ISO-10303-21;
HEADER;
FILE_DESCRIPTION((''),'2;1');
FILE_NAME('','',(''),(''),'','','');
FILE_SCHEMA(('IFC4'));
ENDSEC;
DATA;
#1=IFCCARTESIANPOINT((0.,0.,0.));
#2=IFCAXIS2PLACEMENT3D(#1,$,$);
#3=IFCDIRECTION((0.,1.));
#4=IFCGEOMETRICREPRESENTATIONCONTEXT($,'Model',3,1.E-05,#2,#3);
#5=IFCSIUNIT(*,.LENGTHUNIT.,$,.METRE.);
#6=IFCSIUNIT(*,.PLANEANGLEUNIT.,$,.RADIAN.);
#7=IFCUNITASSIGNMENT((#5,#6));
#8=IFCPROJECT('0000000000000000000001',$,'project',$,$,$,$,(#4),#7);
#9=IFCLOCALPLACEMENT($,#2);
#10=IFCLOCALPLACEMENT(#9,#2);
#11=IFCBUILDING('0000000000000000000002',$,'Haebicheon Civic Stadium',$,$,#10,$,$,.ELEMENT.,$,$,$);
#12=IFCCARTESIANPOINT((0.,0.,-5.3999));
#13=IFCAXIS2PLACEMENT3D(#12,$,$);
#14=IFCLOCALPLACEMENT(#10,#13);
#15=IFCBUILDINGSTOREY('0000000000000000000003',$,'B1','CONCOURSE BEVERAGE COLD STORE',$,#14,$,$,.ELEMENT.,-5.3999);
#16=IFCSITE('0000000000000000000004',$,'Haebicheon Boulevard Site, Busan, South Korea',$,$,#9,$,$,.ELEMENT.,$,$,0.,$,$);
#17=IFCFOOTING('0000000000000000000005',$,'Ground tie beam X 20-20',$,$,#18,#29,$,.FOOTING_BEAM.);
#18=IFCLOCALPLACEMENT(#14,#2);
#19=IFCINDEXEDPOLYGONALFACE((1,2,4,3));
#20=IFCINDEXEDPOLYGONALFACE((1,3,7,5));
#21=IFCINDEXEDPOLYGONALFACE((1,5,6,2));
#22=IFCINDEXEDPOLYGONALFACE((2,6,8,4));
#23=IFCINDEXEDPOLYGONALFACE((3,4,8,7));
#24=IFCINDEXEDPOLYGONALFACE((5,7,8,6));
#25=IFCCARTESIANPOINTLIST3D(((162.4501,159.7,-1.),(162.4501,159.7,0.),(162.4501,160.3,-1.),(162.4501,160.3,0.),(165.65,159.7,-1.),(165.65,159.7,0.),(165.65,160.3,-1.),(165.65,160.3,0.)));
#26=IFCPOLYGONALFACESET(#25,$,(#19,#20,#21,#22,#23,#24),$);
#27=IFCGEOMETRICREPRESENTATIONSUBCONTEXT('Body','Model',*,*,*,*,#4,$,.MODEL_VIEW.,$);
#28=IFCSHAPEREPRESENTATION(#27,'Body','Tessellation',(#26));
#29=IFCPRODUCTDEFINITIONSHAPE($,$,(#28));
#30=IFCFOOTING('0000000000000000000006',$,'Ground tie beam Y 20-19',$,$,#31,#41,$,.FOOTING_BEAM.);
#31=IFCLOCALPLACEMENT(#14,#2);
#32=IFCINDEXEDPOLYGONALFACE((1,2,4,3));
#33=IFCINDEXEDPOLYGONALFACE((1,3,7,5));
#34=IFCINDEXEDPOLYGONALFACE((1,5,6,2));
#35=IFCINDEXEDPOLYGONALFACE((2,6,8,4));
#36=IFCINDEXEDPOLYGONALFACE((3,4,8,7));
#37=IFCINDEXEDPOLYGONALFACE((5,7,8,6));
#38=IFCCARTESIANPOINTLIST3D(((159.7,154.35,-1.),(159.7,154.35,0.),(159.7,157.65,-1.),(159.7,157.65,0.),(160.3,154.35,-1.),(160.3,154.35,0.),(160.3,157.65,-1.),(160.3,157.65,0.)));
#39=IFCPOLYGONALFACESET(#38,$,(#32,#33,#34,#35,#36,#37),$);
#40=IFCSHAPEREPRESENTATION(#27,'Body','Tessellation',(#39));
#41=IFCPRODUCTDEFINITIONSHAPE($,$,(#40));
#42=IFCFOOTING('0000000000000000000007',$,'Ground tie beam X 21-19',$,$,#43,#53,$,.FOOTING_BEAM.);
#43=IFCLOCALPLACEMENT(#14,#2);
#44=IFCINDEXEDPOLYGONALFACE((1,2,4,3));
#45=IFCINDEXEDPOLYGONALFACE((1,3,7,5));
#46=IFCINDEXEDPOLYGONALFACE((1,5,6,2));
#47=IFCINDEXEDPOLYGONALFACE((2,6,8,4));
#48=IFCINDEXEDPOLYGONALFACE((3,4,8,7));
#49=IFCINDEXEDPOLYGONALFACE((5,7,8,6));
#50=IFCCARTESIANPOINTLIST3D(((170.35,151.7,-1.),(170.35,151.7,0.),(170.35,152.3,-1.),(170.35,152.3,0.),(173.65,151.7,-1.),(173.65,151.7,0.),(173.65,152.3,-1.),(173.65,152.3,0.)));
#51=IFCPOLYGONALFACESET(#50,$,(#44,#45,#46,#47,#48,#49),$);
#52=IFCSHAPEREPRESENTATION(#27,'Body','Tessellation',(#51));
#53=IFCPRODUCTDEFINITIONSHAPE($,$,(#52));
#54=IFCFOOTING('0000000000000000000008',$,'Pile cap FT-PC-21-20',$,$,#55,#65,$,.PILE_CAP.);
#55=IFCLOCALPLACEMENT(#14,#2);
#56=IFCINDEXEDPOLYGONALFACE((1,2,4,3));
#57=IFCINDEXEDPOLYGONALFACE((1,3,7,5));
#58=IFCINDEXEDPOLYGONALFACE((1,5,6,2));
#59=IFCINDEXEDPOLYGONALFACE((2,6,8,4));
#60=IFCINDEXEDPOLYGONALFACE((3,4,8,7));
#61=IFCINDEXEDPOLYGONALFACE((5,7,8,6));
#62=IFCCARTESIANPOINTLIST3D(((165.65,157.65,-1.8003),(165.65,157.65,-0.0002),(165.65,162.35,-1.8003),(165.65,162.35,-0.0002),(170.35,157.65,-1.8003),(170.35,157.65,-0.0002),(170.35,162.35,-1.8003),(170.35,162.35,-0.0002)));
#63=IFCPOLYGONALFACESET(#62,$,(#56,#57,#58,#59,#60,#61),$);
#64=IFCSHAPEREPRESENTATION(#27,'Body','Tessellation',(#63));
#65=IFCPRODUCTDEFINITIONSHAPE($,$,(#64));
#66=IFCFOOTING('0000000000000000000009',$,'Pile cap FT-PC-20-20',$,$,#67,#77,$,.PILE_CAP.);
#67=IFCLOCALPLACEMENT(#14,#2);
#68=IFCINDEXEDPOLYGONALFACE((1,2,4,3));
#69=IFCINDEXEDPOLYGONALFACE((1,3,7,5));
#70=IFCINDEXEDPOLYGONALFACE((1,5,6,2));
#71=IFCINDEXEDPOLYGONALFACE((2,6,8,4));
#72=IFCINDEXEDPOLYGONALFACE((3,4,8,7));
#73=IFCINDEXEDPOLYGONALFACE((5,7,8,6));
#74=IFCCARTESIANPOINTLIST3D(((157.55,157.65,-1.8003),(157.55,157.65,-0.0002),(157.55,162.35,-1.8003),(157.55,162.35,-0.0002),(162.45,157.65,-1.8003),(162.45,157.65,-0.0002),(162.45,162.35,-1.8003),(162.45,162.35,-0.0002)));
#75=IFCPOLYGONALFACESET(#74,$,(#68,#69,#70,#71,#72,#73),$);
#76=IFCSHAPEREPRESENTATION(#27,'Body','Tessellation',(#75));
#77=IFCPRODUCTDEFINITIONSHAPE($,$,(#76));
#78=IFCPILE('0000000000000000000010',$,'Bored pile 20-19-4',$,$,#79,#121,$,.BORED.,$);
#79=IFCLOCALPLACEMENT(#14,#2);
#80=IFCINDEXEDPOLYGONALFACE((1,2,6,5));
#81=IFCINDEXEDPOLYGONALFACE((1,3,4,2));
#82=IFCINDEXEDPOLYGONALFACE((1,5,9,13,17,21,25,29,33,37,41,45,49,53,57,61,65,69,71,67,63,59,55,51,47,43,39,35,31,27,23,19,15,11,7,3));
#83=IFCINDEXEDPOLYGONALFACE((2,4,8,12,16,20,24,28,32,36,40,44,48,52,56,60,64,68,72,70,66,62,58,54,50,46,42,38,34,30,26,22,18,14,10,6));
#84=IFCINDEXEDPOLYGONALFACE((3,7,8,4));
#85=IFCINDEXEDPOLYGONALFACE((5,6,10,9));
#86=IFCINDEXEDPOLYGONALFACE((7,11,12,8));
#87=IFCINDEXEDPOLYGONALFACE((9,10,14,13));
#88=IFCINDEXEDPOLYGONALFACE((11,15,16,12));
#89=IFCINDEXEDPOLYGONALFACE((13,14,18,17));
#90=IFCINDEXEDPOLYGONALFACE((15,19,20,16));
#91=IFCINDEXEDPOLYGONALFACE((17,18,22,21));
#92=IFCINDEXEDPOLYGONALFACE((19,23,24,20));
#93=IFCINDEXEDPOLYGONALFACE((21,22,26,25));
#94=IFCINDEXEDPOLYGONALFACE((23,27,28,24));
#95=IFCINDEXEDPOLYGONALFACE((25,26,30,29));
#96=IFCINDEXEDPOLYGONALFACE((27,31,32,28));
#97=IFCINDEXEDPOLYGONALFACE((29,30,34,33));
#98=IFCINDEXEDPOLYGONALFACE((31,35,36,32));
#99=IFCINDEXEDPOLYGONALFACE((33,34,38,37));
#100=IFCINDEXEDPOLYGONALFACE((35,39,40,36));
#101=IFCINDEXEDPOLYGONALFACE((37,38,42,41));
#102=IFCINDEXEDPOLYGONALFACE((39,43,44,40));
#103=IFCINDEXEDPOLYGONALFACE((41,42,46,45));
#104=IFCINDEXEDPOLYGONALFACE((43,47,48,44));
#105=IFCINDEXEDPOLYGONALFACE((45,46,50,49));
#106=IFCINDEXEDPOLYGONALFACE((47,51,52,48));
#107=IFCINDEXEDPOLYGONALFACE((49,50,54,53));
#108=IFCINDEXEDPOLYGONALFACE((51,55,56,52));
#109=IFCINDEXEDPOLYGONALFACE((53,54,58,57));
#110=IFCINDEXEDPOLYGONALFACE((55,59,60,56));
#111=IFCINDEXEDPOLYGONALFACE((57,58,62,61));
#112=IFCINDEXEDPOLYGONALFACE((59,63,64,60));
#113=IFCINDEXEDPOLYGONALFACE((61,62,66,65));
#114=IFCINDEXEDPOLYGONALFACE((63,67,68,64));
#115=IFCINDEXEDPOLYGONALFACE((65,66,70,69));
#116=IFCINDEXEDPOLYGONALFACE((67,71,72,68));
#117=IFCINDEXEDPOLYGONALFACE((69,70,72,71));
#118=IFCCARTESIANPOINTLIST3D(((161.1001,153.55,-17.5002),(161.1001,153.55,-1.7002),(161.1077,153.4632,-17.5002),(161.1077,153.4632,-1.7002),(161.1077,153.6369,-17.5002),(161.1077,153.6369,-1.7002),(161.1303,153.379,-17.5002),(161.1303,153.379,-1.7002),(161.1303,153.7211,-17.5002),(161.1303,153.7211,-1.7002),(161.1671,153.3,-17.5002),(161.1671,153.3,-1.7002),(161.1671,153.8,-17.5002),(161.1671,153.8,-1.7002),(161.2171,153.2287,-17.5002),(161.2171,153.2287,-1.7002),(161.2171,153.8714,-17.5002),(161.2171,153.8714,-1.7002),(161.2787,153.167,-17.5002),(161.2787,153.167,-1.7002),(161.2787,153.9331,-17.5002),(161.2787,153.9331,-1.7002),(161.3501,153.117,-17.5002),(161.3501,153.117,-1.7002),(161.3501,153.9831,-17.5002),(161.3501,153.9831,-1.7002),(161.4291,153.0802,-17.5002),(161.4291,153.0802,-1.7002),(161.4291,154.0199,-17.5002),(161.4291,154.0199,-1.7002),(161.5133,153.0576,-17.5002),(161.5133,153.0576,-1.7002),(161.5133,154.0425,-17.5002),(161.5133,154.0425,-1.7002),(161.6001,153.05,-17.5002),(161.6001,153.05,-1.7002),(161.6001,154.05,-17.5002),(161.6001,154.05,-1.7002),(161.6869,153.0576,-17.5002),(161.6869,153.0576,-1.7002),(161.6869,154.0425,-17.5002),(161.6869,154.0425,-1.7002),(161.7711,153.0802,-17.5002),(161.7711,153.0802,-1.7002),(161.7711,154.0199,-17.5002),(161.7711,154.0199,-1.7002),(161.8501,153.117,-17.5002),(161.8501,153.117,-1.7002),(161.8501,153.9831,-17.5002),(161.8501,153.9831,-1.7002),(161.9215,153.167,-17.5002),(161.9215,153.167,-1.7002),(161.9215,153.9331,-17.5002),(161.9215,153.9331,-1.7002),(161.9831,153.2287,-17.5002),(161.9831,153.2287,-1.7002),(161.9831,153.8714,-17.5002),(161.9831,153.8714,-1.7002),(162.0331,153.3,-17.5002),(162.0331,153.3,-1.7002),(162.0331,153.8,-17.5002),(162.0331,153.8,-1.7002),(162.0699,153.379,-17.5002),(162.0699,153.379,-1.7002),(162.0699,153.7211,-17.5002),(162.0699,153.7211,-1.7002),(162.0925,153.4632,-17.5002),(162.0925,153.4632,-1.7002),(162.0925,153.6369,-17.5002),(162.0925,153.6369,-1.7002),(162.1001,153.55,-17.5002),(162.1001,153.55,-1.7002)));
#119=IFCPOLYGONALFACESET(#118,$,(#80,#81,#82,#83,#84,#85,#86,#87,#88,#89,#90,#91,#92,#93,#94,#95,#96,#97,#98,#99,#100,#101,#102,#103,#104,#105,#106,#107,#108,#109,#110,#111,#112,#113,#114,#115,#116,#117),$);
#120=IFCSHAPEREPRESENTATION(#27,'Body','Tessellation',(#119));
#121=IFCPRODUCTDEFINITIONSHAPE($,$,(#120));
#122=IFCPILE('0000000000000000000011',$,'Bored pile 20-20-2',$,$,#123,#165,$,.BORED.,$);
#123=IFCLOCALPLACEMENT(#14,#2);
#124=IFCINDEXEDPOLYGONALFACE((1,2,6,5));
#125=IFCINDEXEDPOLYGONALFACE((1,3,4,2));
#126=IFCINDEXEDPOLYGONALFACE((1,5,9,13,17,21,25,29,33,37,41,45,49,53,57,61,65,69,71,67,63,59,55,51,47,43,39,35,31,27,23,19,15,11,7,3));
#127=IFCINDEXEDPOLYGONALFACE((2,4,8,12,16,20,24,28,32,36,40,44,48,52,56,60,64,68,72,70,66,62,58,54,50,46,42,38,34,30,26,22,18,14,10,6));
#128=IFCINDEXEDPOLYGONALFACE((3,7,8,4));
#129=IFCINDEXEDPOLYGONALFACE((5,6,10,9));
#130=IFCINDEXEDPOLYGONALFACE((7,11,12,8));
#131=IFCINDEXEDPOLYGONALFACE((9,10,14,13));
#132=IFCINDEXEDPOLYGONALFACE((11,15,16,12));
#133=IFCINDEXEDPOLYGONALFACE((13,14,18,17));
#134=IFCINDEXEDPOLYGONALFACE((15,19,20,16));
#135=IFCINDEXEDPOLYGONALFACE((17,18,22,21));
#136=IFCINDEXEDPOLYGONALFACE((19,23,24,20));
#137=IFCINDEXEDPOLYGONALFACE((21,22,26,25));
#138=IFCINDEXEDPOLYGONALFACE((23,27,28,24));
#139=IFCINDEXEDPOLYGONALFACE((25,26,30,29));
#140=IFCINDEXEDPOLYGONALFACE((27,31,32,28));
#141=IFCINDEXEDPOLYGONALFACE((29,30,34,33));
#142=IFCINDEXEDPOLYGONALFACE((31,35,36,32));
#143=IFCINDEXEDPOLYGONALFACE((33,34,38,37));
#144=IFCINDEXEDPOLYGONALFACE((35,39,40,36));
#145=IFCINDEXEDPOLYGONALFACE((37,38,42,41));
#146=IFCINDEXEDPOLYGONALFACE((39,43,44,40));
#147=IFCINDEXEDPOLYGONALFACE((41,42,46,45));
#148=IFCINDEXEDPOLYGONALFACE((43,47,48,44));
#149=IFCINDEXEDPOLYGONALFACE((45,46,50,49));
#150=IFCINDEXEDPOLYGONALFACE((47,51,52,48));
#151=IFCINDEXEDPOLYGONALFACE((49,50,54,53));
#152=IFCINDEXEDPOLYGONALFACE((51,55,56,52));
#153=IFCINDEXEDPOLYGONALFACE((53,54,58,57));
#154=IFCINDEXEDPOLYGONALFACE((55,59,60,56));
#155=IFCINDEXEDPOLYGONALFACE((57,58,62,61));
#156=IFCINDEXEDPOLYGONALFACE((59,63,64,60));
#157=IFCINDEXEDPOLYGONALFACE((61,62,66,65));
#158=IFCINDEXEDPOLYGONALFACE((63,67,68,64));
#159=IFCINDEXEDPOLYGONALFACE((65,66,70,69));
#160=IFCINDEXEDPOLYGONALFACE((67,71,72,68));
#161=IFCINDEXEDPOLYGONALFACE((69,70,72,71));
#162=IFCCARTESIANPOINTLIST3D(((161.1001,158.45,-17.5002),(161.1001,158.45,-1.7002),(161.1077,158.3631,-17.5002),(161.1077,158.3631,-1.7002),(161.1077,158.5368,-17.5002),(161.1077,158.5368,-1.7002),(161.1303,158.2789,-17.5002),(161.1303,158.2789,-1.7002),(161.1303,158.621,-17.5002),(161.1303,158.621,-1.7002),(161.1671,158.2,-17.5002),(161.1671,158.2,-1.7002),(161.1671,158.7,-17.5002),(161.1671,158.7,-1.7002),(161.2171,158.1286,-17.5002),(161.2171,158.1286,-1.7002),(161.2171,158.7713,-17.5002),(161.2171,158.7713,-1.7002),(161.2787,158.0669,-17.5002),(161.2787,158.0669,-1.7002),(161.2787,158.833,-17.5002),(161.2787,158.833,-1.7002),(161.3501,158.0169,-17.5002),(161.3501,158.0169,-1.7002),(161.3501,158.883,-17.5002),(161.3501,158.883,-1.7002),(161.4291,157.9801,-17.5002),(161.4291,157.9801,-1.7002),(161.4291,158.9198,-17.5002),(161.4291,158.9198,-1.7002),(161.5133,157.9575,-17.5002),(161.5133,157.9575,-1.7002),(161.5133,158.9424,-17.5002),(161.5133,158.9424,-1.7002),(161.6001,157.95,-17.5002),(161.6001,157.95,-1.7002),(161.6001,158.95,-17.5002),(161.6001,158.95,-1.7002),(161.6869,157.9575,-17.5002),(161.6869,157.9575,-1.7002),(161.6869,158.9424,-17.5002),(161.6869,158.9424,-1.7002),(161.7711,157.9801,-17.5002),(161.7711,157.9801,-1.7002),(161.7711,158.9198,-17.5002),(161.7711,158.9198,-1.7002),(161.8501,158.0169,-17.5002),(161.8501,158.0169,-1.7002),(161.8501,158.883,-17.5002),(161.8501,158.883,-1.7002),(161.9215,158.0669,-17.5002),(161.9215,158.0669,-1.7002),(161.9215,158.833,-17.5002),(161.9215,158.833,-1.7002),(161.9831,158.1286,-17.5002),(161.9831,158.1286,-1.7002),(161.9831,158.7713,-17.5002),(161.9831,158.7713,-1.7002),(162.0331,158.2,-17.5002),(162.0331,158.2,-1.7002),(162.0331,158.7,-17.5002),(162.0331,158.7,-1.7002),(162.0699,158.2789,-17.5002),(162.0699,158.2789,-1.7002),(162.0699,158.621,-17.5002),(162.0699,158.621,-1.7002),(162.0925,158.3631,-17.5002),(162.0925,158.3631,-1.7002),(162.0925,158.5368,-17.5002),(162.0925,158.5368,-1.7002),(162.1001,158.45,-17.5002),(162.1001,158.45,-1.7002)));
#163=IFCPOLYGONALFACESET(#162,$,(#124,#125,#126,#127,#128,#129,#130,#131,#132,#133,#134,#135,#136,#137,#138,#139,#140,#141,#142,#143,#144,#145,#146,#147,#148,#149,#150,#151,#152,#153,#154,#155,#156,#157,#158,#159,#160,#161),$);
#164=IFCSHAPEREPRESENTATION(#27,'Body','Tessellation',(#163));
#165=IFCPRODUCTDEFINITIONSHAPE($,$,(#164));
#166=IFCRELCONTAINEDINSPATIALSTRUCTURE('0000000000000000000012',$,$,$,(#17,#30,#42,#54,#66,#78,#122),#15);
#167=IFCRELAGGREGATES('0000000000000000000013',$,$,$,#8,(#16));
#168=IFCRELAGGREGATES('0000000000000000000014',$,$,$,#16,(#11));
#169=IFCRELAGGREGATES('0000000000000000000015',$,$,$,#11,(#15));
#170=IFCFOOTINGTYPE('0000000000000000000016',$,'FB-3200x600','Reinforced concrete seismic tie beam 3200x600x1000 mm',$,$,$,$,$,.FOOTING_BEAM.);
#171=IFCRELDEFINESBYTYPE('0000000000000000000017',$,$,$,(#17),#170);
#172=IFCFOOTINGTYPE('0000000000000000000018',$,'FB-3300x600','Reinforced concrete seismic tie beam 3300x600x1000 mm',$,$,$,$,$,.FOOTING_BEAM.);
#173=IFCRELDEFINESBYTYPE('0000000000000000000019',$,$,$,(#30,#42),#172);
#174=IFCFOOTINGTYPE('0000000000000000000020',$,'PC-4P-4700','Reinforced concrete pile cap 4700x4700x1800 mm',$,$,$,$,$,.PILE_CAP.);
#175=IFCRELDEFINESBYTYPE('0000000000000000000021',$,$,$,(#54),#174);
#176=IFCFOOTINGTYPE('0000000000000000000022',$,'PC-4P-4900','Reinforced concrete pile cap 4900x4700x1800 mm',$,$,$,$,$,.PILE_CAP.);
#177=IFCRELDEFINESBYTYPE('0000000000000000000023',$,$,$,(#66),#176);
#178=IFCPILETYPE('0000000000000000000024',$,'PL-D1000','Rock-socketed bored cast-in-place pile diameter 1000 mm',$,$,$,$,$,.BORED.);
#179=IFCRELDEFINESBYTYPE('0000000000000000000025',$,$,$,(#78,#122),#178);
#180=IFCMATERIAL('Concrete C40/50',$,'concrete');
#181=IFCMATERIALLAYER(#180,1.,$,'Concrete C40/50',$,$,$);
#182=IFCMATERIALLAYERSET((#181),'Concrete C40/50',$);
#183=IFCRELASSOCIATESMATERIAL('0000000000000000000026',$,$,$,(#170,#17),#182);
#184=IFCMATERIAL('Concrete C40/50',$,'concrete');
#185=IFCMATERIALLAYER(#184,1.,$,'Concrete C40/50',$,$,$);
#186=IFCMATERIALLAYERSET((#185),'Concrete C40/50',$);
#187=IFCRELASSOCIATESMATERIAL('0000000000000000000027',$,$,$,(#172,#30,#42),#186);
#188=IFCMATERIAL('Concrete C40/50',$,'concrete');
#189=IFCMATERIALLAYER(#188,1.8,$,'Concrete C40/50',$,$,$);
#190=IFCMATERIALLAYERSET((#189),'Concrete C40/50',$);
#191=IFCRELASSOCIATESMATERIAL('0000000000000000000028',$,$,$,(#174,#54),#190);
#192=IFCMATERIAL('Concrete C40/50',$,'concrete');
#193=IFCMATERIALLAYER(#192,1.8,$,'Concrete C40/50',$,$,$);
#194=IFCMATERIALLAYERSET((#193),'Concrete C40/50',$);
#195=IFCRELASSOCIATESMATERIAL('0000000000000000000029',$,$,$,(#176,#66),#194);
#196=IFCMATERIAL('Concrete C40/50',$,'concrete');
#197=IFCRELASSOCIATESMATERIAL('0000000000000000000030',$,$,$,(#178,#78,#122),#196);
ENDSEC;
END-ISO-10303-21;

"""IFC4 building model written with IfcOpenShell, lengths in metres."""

from ifc_helpers import new_model, si_unit, direction, frame, origin, origin_2d, place, context, subcontext, project, spatial, rectangle, circle, extrude, material, layer, layer_set, material_profile, profile_set, type_object, element, save


model = new_model("IFC4")

# Units and contexts
model_context = context("Model", 3, precision=1e-05, world=origin(), true_north=direction((0.0, 1.0)))
body_context = subcontext(model_context, "Body", "Model", "MODEL_VIEW")
ifc_project = project(units=[si_unit("LENGTHUNIT", "METRE"), si_unit("PLANEANGLEUNIT", "RADIAN")], contexts=[model_context])

# Site, building, storey
site_placement = place(None, origin())
site = spatial("IfcSite", under=ifc_project, at=site_placement, Name="Haebicheon Boulevard Site, Busan, South Korea", CompositionType="ELEMENT", RefElevation=0.0)
building_placement = place(site_placement, origin())
building = spatial("IfcBuilding", under=site, at=building_placement, Name="Haebicheon Civic Stadium", CompositionType="ELEMENT")
storey_placement = place(building_placement, frame((0.0, 0.0, -5.3999)))
storey = spatial("IfcBuildingStorey", under=building, at=storey_placement, Name="B1", Description="CONCOURSE BEVERAGE COLD STORE", CompositionType="ELEMENT", Elevation=-5.3999)

# Footings
ifc_material_1 = material(Name="Concrete C40/50", Category="concrete")
ifc_layer_1 = layer(ifc_material_1, 1.0, Name="Concrete C40/50")
ifc_layer_set_1 = layer_set([ifc_layer_1], Name="Concrete C40/50")
footing_type_1 = type_object("IfcFootingType", Name="FB-3200x600", Description="Reinforced concrete seismic tie beam 3200x600x1000 mm", PredefinedType="FOOTING_BEAM", material=ifc_layer_set_1)
footing_1_placement = place(storey_placement, frame((164.05, 160.0, -1.0), z_axis=(0.0, 0.0, 1.0), x_axis=(1.0, 0.0, 0.0)))
element("IfcFooting", 1, at=footing_1_placement, inside=storey, type_object=footing_type_1, material=ifc_layer_set_1, Name="Ground tie beam X 20-20", PredefinedType="FOOTING_BEAM", context=body_context, shape_type="SweptSolid", body=[
    extrude(rectangle(XDim=3.2, YDim=0.6001, at=origin_2d()), origin(), (0.0, 0.0, 1.0), 1.0),
])
ifc_material_2 = material(Name="Concrete C40/50", Category="concrete")
ifc_layer_2 = layer(ifc_material_2, 1.0, Name="Concrete C40/50")
ifc_layer_set_2 = layer_set([ifc_layer_2], Name="Concrete C40/50")
footing_type_2 = type_object("IfcFootingType", Name="FB-3300x600", Description="Reinforced concrete seismic tie beam 3300x600x1000 mm", PredefinedType="FOOTING_BEAM", material=ifc_layer_set_2)
for number, where, z_axis, x_axis, name in (
    (2, (160.0, 156.0, -1.0), (0.0, 0.0, 1.0), (0.0, 1.0, 0.0), "Ground tie beam Y 20-19"),
    (3, (172.0, 152.0, -1.0), (0.0, 0.0, 1.0), (1.0, 0.0, 0.0), "Ground tie beam X 21-19"),
):
    element("IfcFooting", number, at=place(storey_placement, frame(where, z_axis=z_axis, x_axis=x_axis)), inside=storey, type_object=footing_type_2, material=ifc_layer_set_2, Name=name, PredefinedType="FOOTING_BEAM", context=body_context, shape_type="SweptSolid", body=[
        extrude(rectangle(XDim=3.3, YDim=0.6001, at=origin_2d()), origin(), (0.0, 0.0, 1.0), 1.0),
    ])
ifc_material_3 = material(Name="Concrete C40/50", Category="concrete")
ifc_layer_3 = layer(ifc_material_3, 1.8, Name="Concrete C40/50")
ifc_layer_set_3 = layer_set([ifc_layer_3], Name="Concrete C40/50")
footing_type_3 = type_object("IfcFootingType", Name="PC-4P-4700", Description="Reinforced concrete pile cap 4700x4700x1800 mm", PredefinedType="PILE_CAP", material=ifc_layer_set_3)
footing_2_placement = place(storey_placement, frame((168.0, 160.0, -1.8003), z_axis=(0.0, 0.0, 1.0), x_axis=(1.0, 0.0, 0.0)))
element("IfcFooting", 4, at=footing_2_placement, inside=storey, type_object=footing_type_3, material=ifc_layer_set_3, Name="Pile cap FT-PC-21-20", PredefinedType="PILE_CAP", context=body_context, shape_type="SweptSolid", body=[
    extrude(rectangle(XDim=4.7, YDim=4.7, at=origin_2d()), origin(), (0.0, 0.0, 1.0), 1.8),
])
ifc_material_4 = material(Name="Concrete C40/50", Category="concrete")
ifc_layer_4 = layer(ifc_material_4, 1.8, Name="Concrete C40/50")
ifc_layer_set_4 = layer_set([ifc_layer_4], Name="Concrete C40/50")
footing_type_4 = type_object("IfcFootingType", Name="PC-4P-4900", Description="Reinforced concrete pile cap 4900x4700x1800 mm", PredefinedType="PILE_CAP", material=ifc_layer_set_4)
footing_3_placement = place(storey_placement, frame((160.0, 160.0, -1.8003), z_axis=(0.0, 0.0, 1.0), x_axis=(1.0, 0.0, 0.0)))
element("IfcFooting", 5, at=footing_3_placement, inside=storey, type_object=footing_type_4, material=ifc_layer_set_4, Name="Pile cap FT-PC-20-20", PredefinedType="PILE_CAP", context=body_context, shape_type="SweptSolid", body=[
    extrude(rectangle(XDim=4.8999, YDim=4.7, at=origin_2d()), origin(), (0.0, 0.0, 1.0), 1.8),
])

# Piles
ifc_material_5 = material(Name="Concrete C40/50", Category="concrete")
ifc_material_profile_1 = material_profile(ifc_material_5, circle(Radius=0.5, at=origin_2d()), Name="PILE-D1000")
ifc_profile_set_1 = profile_set([ifc_material_profile_1], Name="Concrete C40/50")
pile_type = type_object("IfcPileType", Name="PL-D1000", Description="Rock-socketed bored cast-in-place pile diameter 1000 mm", PredefinedType="BORED", material=ifc_profile_set_1)
for number, where, z_axis, x_axis, name in (
    (6, (161.6001, 153.55, -1.7002), (0.0, 0.0, -1.0), (1.0, 0.0, 0.0), "Bored pile 20-19-4"),
    (7, (161.6001, 158.45, -1.7002), (0.0, 0.0, -1.0), (1.0, 0.0, 0.0), "Bored pile 20-20-2"),
):
    element("IfcPile", number, at=place(storey_placement, frame(where, z_axis=z_axis, x_axis=x_axis)), inside=storey, type_object=pile_type, material=ifc_profile_set_1, Name=name, PredefinedType="BORED", context=body_context, shape_type="SweptSolid", body=[
        extrude(circle(Radius=0.5, at=origin_2d()), origin(), (0.0, 0.0, 1.0), 15.8),
    ])

save(model, "model.ifc")
